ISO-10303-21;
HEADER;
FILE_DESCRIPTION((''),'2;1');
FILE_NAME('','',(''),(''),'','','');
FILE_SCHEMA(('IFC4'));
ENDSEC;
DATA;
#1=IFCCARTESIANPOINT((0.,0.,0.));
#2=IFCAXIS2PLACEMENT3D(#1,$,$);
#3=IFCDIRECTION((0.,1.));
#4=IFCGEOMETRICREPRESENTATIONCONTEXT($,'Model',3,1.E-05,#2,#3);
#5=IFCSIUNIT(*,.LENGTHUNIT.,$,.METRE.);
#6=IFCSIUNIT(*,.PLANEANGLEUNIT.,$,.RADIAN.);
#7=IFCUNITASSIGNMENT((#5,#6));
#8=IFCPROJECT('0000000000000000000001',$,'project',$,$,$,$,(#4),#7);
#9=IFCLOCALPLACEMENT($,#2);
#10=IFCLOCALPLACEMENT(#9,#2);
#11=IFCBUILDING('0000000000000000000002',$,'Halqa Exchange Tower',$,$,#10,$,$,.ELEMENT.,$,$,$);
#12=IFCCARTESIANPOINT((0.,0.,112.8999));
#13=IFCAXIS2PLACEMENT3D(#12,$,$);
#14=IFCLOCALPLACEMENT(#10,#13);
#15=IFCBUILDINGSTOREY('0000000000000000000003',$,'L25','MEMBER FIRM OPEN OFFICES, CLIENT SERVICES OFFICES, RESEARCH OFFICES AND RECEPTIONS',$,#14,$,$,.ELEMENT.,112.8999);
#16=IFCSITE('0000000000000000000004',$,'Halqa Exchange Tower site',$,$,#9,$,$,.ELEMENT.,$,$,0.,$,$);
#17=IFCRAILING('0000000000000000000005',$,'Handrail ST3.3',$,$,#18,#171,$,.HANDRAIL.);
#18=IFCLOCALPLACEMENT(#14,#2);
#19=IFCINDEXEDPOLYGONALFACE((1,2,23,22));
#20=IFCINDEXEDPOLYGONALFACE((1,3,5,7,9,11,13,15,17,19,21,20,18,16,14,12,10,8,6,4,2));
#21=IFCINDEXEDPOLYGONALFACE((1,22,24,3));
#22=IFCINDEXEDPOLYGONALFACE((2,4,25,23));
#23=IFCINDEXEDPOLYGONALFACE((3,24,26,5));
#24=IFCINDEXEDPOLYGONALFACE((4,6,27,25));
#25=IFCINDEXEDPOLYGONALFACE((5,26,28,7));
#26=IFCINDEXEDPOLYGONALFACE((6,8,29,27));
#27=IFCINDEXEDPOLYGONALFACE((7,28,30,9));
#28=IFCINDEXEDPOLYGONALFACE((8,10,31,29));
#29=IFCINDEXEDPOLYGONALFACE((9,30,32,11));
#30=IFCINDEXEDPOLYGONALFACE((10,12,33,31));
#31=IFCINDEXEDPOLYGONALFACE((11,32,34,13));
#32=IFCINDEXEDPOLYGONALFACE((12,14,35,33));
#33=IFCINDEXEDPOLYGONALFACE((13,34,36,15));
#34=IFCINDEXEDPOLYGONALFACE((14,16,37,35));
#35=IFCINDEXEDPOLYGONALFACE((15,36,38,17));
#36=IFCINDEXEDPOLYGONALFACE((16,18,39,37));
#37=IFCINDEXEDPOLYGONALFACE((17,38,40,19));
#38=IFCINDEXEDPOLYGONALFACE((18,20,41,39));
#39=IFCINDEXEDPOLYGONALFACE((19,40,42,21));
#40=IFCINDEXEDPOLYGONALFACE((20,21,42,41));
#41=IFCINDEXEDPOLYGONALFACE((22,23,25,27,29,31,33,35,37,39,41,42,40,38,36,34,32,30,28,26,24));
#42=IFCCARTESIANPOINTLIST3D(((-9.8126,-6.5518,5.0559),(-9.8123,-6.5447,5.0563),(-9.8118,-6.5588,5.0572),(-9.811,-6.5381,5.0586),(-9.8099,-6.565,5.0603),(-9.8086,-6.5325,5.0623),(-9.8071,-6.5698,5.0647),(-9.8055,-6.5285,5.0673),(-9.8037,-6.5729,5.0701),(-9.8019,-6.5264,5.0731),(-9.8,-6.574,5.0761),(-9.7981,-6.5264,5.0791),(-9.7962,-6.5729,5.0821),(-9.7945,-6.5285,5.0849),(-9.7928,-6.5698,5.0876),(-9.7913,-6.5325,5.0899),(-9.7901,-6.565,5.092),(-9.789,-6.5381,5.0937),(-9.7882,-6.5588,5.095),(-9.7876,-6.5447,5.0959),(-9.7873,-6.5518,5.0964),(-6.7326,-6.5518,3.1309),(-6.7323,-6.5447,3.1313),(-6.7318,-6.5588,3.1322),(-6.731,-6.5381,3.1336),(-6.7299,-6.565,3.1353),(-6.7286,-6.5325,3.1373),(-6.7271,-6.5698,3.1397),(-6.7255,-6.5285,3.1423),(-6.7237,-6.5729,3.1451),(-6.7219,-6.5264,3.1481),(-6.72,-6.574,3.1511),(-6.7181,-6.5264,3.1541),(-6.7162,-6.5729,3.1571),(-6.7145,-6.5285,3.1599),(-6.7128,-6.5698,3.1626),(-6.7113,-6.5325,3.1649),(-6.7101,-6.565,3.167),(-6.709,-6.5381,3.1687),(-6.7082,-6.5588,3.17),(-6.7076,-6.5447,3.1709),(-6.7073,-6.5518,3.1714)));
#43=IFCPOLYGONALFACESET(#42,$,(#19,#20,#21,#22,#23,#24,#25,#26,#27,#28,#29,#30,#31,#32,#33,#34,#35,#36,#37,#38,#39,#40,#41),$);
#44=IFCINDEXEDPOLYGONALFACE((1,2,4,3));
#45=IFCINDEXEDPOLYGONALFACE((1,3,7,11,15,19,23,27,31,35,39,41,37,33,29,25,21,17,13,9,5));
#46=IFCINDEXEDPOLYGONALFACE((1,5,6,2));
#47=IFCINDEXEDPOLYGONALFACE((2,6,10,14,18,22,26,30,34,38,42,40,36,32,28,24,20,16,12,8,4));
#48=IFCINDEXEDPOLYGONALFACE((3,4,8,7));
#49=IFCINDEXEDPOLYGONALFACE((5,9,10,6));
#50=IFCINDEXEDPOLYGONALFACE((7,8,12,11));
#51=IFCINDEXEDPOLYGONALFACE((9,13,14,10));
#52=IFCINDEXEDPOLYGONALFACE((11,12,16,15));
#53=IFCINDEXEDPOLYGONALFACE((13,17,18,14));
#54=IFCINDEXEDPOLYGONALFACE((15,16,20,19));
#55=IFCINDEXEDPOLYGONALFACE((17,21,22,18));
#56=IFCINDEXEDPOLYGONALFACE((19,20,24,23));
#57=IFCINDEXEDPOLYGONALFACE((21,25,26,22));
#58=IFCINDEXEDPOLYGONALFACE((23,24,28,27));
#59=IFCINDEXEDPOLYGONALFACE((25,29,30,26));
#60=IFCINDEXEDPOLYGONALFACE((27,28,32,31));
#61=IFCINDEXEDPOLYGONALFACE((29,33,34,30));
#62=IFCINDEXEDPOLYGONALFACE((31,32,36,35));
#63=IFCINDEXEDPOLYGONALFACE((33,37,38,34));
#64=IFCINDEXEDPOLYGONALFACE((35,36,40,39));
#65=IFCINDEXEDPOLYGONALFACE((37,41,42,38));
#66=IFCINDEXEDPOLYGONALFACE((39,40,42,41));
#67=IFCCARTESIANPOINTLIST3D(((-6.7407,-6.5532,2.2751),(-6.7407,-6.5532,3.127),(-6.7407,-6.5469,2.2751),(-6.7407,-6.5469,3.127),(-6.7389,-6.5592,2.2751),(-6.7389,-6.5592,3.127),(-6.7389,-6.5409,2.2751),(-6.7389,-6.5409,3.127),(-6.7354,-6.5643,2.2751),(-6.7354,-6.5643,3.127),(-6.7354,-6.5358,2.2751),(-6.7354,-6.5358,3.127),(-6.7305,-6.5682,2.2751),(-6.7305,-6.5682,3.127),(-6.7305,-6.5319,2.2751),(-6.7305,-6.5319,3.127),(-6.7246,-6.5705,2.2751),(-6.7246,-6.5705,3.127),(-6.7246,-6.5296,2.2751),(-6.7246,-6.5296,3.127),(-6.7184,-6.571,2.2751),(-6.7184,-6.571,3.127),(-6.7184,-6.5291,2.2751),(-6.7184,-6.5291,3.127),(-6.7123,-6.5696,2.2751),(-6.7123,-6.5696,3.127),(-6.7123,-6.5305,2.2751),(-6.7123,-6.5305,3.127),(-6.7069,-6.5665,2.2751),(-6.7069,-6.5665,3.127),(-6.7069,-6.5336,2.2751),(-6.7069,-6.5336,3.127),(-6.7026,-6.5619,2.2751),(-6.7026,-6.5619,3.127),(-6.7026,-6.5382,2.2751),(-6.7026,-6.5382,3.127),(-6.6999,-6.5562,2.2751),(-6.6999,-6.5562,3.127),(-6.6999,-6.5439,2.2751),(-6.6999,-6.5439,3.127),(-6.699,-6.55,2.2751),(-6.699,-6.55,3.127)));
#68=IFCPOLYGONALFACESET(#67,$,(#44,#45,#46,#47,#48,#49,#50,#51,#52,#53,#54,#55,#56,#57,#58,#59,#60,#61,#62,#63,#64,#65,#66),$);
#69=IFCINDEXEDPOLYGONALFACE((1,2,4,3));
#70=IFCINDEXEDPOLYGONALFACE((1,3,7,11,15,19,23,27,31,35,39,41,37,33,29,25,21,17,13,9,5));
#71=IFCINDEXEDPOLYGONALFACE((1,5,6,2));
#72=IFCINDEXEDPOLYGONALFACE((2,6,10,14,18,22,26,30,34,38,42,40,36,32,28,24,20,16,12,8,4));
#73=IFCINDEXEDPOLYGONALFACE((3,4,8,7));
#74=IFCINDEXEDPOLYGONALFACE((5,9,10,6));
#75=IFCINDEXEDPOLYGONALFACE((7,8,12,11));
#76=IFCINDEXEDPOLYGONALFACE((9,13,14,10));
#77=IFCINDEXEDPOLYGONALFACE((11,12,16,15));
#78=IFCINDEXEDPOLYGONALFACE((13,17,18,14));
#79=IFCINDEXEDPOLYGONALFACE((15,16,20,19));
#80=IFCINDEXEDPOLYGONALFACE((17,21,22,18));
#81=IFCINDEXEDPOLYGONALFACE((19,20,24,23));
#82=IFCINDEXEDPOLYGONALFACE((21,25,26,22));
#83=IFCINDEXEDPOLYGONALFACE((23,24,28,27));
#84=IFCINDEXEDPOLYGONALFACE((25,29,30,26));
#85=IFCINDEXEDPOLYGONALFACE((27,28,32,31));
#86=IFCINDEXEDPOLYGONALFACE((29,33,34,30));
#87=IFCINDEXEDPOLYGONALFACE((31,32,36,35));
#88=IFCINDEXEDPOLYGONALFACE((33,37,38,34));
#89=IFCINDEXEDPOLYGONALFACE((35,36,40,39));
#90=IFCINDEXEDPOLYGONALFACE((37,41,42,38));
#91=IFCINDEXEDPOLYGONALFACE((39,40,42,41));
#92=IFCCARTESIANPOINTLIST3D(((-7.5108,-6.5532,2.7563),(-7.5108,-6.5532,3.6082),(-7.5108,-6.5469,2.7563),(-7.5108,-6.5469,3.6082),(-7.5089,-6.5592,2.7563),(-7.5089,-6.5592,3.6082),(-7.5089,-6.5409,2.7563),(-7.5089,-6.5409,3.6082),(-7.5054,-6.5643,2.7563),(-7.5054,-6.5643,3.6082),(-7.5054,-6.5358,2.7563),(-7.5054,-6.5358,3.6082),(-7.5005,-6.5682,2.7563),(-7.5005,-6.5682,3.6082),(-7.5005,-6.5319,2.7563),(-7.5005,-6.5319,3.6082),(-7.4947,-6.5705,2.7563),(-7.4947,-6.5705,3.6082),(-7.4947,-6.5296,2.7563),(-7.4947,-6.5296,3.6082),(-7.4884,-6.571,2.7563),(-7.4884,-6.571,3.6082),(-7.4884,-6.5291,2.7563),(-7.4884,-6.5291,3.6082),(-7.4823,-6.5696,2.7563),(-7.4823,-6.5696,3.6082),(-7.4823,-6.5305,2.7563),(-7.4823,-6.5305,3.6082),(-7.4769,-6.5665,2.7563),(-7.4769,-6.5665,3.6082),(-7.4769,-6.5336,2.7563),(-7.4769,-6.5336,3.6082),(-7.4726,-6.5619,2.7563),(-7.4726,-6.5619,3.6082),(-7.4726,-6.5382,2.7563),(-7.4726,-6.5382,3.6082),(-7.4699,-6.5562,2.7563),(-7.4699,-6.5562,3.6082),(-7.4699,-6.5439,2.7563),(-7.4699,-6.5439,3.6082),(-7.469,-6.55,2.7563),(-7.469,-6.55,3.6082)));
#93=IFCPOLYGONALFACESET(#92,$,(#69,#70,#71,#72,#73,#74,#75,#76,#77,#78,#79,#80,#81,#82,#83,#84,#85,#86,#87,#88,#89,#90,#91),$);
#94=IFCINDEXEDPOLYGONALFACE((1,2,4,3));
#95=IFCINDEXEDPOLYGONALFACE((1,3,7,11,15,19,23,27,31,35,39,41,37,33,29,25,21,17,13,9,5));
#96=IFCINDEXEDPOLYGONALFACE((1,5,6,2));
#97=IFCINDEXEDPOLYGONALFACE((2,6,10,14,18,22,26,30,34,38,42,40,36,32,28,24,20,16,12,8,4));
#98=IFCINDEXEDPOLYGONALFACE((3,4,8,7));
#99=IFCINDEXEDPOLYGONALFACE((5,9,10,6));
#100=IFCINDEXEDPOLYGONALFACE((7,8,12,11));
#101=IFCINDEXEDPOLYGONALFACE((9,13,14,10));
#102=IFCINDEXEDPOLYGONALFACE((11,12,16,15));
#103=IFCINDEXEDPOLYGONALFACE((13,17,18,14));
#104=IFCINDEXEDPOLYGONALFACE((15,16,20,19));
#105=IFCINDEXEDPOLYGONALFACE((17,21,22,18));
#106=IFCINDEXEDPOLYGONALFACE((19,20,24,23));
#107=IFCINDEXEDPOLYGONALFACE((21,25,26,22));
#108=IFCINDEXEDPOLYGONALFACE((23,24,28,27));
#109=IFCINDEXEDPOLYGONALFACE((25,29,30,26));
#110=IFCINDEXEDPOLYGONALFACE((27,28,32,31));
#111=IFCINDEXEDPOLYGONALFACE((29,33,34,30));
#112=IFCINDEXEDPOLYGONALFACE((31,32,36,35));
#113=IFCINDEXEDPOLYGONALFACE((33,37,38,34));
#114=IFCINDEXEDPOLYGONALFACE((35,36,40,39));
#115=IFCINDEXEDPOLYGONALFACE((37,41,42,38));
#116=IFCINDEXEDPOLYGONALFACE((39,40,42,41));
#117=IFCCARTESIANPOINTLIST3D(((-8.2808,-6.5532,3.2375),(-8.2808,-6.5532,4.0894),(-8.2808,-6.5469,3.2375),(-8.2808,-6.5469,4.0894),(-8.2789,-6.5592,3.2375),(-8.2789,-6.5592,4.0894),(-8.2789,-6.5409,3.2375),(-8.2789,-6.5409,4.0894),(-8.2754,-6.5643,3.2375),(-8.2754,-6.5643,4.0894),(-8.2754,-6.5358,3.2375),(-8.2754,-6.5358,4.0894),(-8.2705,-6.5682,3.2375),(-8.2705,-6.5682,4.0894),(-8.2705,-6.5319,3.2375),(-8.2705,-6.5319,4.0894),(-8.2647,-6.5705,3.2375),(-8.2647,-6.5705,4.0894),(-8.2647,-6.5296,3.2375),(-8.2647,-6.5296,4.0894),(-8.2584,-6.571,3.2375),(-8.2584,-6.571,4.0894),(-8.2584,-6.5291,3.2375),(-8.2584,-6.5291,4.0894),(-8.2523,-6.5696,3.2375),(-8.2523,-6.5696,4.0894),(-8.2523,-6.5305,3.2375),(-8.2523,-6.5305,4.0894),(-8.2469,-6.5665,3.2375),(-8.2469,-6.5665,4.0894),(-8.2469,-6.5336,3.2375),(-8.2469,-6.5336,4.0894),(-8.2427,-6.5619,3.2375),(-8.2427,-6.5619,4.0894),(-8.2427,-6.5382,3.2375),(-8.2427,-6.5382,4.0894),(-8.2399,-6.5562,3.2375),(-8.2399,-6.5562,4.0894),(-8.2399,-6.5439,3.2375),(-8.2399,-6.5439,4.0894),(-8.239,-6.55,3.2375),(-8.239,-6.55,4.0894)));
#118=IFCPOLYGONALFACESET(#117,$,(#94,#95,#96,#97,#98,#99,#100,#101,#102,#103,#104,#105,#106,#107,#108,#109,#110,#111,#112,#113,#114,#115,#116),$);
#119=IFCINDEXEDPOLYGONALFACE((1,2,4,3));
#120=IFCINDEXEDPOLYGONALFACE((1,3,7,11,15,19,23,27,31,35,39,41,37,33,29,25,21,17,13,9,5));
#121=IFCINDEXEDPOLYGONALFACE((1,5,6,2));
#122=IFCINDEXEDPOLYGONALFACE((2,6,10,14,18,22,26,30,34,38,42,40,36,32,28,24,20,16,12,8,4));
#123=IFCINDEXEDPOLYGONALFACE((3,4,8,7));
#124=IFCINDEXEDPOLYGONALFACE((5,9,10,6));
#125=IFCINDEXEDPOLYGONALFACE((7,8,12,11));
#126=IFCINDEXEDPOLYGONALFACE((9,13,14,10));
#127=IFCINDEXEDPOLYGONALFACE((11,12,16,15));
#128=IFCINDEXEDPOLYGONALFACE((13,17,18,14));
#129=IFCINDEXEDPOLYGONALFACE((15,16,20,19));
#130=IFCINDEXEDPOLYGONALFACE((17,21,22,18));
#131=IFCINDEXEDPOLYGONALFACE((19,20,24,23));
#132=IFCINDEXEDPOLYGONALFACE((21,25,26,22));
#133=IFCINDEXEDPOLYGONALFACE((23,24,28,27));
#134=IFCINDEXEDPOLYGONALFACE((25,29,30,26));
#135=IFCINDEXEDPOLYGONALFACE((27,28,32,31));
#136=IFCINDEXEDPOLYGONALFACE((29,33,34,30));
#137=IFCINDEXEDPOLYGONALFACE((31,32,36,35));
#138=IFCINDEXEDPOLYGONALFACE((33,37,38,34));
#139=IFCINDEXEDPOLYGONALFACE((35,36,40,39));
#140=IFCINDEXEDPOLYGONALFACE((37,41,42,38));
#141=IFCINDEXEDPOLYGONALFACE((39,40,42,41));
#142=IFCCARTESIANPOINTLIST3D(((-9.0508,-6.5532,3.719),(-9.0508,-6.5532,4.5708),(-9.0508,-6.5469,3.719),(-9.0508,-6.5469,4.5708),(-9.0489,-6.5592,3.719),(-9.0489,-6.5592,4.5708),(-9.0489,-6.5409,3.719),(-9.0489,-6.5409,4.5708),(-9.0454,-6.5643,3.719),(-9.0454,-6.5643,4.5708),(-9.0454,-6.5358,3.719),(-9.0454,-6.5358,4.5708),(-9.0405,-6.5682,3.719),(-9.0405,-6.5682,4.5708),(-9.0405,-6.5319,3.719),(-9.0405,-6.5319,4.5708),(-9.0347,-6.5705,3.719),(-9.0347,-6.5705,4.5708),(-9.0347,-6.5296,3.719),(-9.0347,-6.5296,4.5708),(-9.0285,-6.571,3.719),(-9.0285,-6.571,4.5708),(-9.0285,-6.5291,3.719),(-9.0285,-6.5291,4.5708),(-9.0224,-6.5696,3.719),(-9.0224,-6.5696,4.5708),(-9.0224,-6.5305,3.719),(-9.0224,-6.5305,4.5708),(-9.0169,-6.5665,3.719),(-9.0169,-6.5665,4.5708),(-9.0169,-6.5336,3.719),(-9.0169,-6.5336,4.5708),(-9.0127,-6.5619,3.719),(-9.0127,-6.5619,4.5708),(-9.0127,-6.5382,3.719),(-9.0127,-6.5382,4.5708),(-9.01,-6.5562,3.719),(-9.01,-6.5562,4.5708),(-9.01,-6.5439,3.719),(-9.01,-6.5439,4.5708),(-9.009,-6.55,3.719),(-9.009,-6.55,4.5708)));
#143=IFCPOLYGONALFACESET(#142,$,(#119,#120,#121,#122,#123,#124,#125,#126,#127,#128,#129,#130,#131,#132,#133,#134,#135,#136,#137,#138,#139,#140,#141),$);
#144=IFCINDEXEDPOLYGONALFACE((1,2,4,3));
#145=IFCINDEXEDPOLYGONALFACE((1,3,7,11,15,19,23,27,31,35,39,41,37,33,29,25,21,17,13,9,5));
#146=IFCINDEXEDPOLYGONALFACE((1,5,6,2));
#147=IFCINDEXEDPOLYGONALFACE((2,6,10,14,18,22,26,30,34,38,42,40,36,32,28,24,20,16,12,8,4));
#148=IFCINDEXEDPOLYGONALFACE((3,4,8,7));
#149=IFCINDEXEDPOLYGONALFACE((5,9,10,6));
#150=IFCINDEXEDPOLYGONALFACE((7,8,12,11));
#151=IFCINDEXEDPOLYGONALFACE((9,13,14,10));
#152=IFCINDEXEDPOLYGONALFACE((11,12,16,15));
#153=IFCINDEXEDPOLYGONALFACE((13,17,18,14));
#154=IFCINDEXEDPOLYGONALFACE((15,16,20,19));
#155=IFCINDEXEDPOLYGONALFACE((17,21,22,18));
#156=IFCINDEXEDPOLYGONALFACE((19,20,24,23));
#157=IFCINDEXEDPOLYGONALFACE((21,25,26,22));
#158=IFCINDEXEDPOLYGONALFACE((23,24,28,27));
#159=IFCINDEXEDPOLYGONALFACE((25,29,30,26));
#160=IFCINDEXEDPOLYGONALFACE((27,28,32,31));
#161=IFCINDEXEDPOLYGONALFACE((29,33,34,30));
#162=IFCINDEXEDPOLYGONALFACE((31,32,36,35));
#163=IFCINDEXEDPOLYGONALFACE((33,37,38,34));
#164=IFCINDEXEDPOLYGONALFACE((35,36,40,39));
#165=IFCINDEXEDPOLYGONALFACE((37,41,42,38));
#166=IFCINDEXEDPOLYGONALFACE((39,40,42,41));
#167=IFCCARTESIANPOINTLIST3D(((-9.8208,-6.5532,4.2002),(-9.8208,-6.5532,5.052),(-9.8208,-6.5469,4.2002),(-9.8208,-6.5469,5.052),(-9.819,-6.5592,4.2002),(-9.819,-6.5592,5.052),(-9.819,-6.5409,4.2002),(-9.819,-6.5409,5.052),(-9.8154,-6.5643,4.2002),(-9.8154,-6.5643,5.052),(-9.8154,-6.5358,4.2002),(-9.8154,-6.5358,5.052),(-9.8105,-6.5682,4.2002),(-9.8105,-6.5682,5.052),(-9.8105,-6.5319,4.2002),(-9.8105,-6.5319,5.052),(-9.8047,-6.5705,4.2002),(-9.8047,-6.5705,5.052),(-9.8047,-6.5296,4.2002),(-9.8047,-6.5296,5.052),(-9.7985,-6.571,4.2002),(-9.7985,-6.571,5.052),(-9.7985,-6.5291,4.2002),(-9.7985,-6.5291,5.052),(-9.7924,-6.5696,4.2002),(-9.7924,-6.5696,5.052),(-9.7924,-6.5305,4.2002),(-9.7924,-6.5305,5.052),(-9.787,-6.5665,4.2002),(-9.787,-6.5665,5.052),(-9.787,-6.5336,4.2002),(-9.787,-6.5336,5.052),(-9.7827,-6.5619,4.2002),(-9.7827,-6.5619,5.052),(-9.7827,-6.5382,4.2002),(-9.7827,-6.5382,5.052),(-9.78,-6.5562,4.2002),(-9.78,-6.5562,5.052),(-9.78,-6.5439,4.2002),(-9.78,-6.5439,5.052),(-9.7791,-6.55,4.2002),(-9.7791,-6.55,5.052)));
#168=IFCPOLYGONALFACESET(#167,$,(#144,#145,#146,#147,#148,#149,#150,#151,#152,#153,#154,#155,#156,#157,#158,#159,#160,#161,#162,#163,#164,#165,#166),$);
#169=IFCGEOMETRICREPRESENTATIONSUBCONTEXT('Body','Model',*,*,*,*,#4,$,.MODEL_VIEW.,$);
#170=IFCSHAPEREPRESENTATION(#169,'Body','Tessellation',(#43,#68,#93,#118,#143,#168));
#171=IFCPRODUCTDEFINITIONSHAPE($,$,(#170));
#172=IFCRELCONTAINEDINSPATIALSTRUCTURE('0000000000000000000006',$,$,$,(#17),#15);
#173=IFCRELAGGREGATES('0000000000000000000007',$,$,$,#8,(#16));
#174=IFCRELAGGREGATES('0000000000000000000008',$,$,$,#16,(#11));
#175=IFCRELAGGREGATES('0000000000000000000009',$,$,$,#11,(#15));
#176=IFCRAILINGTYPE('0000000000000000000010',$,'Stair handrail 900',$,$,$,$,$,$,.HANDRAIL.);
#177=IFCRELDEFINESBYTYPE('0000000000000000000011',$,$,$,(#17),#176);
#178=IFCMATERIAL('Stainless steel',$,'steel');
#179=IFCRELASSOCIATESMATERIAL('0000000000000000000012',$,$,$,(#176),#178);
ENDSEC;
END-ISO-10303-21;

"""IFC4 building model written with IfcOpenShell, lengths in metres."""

from ifc_helpers import new_model, si_unit, direction, frame, origin, origin_2d, place, context, subcontext, project, spatial, circle, extrude, material, type_object, element, save


model = new_model("IFC4")

# Units and contexts
model_context = context("Model", 3, precision=1e-05, world=origin(), true_north=direction((0.0, 1.0)))
body_context = subcontext(model_context, "Body", "Model", "MODEL_VIEW")
ifc_project = project(units=[si_unit("LENGTHUNIT", "METRE"), si_unit("PLANEANGLEUNIT", "RADIAN")], contexts=[model_context])

# Site, building, storey
site_placement = place(None, origin())
site = spatial("IfcSite", under=ifc_project, at=site_placement, Name="Halqa Exchange Tower site", CompositionType="ELEMENT", RefElevation=0.0)
building_placement = place(site_placement, origin())
building = spatial("IfcBuilding", under=site, at=building_placement, Name="Halqa Exchange Tower", CompositionType="ELEMENT")
storey_placement = place(building_placement, frame((0.0, 0.0, 112.8999)))
storey = spatial("IfcBuildingStorey", under=building, at=storey_placement, Name="L25", Description="MEMBER FIRM OPEN OFFICES, CLIENT SERVICES OFFICES, RESEARCH OFFICES AND RECEPTIONS", CompositionType="ELEMENT", Elevation=112.8999)

# Shared definitions
ifc_material_1 = material(Name="Stainless steel", Category="steel")

# Railing
railing_type_1 = type_object("IfcRailingType", Name="Stair handrail 900", PredefinedType="HANDRAIL", material=ifc_material_1)
railing_1_placement = place(storey_placement, frame((-6.72, -6.55, 2.2751)))
element("IfcRailing", 1, at=railing_1_placement, inside=storey, type_object=railing_type_1, Name="Handrail ST3.3", PredefinedType="HANDRAIL", context=body_context, shape_type="SweptSolid", body=[
    extrude(circle(Radius=0.0239, at=origin_2d()), frame((0.0, 0.0, 0.876), z_axis=(-0.847998, 0.0, 0.529999), x_axis=(0.0, -1.0, 0.0)), (0.0, 0.0, 1.0), 3.6321),
    extrude(circle(Radius=0.021, at=origin_2d()), origin(), (0.0, 0.0, 1.0), 0.8518),
    extrude(circle(Radius=0.021, at=origin_2d()), frame((-0.77, 0.0, 0.4812)), (0.0, 0.0, 1.0), 0.8518),
    extrude(circle(Radius=0.021, at=origin_2d()), frame((-1.54, 0.0, 0.9624)), (0.0, 0.0, 1.0), 0.8518),
    extrude(circle(Radius=0.021, at=origin_2d()), frame((-2.3101, 0.0, 1.4438)), (0.0, 0.0, 1.0), 0.8518),
    extrude(circle(Radius=0.021, at=origin_2d()), frame((-3.0801, 0.0, 1.925)), (0.0, 0.0, 1.0), 0.8518),
])

save(model, "model.ifc")
